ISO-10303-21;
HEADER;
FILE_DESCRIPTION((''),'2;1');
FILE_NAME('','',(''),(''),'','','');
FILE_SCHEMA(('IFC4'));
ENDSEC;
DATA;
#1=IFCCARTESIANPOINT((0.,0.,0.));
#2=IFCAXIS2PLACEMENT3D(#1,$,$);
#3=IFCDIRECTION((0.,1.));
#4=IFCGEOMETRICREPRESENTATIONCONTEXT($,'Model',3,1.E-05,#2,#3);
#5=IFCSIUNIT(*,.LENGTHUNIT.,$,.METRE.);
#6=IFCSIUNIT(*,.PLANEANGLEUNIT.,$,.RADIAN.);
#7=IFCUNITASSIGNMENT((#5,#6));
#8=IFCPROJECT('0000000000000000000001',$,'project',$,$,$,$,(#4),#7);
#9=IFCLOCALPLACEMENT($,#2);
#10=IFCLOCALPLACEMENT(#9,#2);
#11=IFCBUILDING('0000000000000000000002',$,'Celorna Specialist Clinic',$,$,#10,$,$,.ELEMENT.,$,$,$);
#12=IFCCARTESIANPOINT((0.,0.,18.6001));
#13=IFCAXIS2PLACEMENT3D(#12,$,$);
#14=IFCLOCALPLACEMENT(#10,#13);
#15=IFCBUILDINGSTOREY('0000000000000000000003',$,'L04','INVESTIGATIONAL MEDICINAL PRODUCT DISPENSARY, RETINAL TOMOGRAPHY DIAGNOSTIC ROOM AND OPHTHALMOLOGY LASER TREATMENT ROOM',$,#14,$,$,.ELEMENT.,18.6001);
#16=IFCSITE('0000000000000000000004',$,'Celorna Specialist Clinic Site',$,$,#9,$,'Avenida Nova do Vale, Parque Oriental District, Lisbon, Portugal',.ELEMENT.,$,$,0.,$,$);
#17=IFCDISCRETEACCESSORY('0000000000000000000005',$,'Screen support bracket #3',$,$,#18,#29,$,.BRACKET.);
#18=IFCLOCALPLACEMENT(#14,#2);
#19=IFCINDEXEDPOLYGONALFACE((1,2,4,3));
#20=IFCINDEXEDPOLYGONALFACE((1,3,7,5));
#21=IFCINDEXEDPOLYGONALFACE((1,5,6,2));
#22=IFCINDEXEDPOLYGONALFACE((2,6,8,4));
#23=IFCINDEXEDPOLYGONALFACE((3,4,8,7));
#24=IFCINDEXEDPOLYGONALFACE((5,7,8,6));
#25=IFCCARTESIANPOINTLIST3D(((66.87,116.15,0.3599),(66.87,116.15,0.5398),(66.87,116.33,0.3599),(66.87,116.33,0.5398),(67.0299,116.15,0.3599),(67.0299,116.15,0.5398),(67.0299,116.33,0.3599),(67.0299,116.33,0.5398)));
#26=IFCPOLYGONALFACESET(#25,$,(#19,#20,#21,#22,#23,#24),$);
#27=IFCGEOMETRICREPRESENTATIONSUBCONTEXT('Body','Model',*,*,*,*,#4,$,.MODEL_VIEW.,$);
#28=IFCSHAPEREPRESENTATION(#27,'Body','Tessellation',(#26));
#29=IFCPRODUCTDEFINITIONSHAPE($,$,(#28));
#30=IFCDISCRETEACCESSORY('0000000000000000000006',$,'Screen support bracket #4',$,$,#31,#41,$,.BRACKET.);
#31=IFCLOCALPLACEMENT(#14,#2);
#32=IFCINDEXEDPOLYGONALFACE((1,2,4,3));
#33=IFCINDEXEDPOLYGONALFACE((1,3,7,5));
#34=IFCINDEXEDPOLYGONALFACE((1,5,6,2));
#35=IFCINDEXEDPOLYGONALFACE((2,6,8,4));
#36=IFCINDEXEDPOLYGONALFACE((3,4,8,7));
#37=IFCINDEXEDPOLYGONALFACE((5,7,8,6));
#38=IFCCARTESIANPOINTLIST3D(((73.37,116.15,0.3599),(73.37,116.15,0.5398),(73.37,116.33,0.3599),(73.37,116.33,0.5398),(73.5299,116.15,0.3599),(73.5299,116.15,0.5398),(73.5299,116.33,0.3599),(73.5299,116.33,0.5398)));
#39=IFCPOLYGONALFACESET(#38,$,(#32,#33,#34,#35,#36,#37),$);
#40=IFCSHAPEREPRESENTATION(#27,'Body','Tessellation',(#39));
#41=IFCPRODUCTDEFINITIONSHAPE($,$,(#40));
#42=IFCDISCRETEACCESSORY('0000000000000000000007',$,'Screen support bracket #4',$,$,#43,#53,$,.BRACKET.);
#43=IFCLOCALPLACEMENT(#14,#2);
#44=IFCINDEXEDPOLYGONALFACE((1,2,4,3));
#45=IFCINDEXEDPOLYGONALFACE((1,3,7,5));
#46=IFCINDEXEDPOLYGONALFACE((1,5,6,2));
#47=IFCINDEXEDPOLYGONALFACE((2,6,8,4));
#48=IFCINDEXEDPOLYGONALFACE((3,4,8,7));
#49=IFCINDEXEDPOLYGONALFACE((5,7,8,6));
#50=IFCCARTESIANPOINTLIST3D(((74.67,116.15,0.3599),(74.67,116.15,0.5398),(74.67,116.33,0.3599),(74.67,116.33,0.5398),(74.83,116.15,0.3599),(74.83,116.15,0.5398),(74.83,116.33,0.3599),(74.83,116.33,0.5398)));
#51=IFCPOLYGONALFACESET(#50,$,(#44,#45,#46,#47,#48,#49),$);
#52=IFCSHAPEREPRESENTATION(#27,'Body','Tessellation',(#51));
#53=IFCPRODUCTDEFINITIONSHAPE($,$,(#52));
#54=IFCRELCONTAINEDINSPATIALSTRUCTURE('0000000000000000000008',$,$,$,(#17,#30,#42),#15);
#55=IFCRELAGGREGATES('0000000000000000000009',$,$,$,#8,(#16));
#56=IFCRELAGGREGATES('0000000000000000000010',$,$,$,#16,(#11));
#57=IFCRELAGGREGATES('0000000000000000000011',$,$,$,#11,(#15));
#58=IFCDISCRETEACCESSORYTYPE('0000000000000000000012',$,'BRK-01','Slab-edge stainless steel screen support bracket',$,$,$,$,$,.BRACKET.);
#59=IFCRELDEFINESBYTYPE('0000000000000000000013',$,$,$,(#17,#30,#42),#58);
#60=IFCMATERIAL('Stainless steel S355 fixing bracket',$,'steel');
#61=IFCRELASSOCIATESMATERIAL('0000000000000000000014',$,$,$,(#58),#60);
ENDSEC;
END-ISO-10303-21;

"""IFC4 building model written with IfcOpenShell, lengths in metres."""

from ifc_helpers import new_model, si_unit, direction, frame, origin, origin_2d, place, context, subcontext, project, spatial, rectangle, extrude, material, type_object, element, save


model = new_model("IFC4")

# Units and contexts
model_context = context("Model", 3, precision=1e-05, world=origin(), true_north=direction((0.0, 1.0)))
body_context = subcontext(model_context, "Body", "Model", "MODEL_VIEW")
ifc_project = project(units=[si_unit("LENGTHUNIT", "METRE"), si_unit("PLANEANGLEUNIT", "RADIAN")], contexts=[model_context])

# Site, building, storey
site_placement = place(None, origin())
site = spatial("IfcSite", under=ifc_project, at=site_placement, Name="Celorna Specialist Clinic Site", LongName="Avenida Nova do Vale, Parque Oriental District, Lisbon, Portugal", CompositionType="ELEMENT", RefElevation=0.0)
building_placement = place(site_placement, origin())
building = spatial("IfcBuilding", under=site, at=building_placement, Name="Celorna Specialist Clinic", CompositionType="ELEMENT")
storey_placement = place(building_placement, frame((0.0, 0.0, 18.6001)))
storey = spatial("IfcBuildingStorey", under=building, at=storey_placement, Name="L04", Description="INVESTIGATIONAL MEDICINAL PRODUCT DISPENSARY, RETINAL TOMOGRAPHY DIAGNOSTIC ROOM AND OPHTHALMOLOGY LASER TREATMENT ROOM", CompositionType="ELEMENT", Elevation=18.6001)

# Discrete accessories
ifc_material_1 = material(Name="Stainless steel S355 fixing bracket", Category="steel")
discrete_accessory_type = type_object("IfcDiscreteAccessoryType", Name="BRK-01", Description="Slab-edge stainless steel screen support bracket", PredefinedType="BRACKET", material=ifc_material_1)
for number, where, z_axis, x_axis, name in (
    (1, (66.95, 116.24, 0.3599), (0.0, 0.0, 1.0), (1.0, 0.0, 0.0), "Screen support bracket #3"),
    (2, (73.45, 116.24, 0.3599), (0.0, 0.0, 1.0), (1.0, 0.0, 0.0), "Screen support bracket #4"),
    (3, (74.75, 116.24, 0.3599), (0.0, 0.0, 1.0), (1.0, 0.0, 0.0), "Screen support bracket #4"),
):
    element("IfcDiscreteAccessory", number, at=place(storey_placement, frame(where, z_axis=z_axis, x_axis=x_axis)), inside=storey, type_object=discrete_accessory_type, Name=name, PredefinedType="BRACKET", context=body_context, shape_type="SweptSolid", body=[
        extrude(rectangle(XDim=0.1599, YDim=0.1799, at=origin_2d()), origin(), (0.0, 0.0, 1.0), 0.1799),
    ])

save(model, "model.ifc")
